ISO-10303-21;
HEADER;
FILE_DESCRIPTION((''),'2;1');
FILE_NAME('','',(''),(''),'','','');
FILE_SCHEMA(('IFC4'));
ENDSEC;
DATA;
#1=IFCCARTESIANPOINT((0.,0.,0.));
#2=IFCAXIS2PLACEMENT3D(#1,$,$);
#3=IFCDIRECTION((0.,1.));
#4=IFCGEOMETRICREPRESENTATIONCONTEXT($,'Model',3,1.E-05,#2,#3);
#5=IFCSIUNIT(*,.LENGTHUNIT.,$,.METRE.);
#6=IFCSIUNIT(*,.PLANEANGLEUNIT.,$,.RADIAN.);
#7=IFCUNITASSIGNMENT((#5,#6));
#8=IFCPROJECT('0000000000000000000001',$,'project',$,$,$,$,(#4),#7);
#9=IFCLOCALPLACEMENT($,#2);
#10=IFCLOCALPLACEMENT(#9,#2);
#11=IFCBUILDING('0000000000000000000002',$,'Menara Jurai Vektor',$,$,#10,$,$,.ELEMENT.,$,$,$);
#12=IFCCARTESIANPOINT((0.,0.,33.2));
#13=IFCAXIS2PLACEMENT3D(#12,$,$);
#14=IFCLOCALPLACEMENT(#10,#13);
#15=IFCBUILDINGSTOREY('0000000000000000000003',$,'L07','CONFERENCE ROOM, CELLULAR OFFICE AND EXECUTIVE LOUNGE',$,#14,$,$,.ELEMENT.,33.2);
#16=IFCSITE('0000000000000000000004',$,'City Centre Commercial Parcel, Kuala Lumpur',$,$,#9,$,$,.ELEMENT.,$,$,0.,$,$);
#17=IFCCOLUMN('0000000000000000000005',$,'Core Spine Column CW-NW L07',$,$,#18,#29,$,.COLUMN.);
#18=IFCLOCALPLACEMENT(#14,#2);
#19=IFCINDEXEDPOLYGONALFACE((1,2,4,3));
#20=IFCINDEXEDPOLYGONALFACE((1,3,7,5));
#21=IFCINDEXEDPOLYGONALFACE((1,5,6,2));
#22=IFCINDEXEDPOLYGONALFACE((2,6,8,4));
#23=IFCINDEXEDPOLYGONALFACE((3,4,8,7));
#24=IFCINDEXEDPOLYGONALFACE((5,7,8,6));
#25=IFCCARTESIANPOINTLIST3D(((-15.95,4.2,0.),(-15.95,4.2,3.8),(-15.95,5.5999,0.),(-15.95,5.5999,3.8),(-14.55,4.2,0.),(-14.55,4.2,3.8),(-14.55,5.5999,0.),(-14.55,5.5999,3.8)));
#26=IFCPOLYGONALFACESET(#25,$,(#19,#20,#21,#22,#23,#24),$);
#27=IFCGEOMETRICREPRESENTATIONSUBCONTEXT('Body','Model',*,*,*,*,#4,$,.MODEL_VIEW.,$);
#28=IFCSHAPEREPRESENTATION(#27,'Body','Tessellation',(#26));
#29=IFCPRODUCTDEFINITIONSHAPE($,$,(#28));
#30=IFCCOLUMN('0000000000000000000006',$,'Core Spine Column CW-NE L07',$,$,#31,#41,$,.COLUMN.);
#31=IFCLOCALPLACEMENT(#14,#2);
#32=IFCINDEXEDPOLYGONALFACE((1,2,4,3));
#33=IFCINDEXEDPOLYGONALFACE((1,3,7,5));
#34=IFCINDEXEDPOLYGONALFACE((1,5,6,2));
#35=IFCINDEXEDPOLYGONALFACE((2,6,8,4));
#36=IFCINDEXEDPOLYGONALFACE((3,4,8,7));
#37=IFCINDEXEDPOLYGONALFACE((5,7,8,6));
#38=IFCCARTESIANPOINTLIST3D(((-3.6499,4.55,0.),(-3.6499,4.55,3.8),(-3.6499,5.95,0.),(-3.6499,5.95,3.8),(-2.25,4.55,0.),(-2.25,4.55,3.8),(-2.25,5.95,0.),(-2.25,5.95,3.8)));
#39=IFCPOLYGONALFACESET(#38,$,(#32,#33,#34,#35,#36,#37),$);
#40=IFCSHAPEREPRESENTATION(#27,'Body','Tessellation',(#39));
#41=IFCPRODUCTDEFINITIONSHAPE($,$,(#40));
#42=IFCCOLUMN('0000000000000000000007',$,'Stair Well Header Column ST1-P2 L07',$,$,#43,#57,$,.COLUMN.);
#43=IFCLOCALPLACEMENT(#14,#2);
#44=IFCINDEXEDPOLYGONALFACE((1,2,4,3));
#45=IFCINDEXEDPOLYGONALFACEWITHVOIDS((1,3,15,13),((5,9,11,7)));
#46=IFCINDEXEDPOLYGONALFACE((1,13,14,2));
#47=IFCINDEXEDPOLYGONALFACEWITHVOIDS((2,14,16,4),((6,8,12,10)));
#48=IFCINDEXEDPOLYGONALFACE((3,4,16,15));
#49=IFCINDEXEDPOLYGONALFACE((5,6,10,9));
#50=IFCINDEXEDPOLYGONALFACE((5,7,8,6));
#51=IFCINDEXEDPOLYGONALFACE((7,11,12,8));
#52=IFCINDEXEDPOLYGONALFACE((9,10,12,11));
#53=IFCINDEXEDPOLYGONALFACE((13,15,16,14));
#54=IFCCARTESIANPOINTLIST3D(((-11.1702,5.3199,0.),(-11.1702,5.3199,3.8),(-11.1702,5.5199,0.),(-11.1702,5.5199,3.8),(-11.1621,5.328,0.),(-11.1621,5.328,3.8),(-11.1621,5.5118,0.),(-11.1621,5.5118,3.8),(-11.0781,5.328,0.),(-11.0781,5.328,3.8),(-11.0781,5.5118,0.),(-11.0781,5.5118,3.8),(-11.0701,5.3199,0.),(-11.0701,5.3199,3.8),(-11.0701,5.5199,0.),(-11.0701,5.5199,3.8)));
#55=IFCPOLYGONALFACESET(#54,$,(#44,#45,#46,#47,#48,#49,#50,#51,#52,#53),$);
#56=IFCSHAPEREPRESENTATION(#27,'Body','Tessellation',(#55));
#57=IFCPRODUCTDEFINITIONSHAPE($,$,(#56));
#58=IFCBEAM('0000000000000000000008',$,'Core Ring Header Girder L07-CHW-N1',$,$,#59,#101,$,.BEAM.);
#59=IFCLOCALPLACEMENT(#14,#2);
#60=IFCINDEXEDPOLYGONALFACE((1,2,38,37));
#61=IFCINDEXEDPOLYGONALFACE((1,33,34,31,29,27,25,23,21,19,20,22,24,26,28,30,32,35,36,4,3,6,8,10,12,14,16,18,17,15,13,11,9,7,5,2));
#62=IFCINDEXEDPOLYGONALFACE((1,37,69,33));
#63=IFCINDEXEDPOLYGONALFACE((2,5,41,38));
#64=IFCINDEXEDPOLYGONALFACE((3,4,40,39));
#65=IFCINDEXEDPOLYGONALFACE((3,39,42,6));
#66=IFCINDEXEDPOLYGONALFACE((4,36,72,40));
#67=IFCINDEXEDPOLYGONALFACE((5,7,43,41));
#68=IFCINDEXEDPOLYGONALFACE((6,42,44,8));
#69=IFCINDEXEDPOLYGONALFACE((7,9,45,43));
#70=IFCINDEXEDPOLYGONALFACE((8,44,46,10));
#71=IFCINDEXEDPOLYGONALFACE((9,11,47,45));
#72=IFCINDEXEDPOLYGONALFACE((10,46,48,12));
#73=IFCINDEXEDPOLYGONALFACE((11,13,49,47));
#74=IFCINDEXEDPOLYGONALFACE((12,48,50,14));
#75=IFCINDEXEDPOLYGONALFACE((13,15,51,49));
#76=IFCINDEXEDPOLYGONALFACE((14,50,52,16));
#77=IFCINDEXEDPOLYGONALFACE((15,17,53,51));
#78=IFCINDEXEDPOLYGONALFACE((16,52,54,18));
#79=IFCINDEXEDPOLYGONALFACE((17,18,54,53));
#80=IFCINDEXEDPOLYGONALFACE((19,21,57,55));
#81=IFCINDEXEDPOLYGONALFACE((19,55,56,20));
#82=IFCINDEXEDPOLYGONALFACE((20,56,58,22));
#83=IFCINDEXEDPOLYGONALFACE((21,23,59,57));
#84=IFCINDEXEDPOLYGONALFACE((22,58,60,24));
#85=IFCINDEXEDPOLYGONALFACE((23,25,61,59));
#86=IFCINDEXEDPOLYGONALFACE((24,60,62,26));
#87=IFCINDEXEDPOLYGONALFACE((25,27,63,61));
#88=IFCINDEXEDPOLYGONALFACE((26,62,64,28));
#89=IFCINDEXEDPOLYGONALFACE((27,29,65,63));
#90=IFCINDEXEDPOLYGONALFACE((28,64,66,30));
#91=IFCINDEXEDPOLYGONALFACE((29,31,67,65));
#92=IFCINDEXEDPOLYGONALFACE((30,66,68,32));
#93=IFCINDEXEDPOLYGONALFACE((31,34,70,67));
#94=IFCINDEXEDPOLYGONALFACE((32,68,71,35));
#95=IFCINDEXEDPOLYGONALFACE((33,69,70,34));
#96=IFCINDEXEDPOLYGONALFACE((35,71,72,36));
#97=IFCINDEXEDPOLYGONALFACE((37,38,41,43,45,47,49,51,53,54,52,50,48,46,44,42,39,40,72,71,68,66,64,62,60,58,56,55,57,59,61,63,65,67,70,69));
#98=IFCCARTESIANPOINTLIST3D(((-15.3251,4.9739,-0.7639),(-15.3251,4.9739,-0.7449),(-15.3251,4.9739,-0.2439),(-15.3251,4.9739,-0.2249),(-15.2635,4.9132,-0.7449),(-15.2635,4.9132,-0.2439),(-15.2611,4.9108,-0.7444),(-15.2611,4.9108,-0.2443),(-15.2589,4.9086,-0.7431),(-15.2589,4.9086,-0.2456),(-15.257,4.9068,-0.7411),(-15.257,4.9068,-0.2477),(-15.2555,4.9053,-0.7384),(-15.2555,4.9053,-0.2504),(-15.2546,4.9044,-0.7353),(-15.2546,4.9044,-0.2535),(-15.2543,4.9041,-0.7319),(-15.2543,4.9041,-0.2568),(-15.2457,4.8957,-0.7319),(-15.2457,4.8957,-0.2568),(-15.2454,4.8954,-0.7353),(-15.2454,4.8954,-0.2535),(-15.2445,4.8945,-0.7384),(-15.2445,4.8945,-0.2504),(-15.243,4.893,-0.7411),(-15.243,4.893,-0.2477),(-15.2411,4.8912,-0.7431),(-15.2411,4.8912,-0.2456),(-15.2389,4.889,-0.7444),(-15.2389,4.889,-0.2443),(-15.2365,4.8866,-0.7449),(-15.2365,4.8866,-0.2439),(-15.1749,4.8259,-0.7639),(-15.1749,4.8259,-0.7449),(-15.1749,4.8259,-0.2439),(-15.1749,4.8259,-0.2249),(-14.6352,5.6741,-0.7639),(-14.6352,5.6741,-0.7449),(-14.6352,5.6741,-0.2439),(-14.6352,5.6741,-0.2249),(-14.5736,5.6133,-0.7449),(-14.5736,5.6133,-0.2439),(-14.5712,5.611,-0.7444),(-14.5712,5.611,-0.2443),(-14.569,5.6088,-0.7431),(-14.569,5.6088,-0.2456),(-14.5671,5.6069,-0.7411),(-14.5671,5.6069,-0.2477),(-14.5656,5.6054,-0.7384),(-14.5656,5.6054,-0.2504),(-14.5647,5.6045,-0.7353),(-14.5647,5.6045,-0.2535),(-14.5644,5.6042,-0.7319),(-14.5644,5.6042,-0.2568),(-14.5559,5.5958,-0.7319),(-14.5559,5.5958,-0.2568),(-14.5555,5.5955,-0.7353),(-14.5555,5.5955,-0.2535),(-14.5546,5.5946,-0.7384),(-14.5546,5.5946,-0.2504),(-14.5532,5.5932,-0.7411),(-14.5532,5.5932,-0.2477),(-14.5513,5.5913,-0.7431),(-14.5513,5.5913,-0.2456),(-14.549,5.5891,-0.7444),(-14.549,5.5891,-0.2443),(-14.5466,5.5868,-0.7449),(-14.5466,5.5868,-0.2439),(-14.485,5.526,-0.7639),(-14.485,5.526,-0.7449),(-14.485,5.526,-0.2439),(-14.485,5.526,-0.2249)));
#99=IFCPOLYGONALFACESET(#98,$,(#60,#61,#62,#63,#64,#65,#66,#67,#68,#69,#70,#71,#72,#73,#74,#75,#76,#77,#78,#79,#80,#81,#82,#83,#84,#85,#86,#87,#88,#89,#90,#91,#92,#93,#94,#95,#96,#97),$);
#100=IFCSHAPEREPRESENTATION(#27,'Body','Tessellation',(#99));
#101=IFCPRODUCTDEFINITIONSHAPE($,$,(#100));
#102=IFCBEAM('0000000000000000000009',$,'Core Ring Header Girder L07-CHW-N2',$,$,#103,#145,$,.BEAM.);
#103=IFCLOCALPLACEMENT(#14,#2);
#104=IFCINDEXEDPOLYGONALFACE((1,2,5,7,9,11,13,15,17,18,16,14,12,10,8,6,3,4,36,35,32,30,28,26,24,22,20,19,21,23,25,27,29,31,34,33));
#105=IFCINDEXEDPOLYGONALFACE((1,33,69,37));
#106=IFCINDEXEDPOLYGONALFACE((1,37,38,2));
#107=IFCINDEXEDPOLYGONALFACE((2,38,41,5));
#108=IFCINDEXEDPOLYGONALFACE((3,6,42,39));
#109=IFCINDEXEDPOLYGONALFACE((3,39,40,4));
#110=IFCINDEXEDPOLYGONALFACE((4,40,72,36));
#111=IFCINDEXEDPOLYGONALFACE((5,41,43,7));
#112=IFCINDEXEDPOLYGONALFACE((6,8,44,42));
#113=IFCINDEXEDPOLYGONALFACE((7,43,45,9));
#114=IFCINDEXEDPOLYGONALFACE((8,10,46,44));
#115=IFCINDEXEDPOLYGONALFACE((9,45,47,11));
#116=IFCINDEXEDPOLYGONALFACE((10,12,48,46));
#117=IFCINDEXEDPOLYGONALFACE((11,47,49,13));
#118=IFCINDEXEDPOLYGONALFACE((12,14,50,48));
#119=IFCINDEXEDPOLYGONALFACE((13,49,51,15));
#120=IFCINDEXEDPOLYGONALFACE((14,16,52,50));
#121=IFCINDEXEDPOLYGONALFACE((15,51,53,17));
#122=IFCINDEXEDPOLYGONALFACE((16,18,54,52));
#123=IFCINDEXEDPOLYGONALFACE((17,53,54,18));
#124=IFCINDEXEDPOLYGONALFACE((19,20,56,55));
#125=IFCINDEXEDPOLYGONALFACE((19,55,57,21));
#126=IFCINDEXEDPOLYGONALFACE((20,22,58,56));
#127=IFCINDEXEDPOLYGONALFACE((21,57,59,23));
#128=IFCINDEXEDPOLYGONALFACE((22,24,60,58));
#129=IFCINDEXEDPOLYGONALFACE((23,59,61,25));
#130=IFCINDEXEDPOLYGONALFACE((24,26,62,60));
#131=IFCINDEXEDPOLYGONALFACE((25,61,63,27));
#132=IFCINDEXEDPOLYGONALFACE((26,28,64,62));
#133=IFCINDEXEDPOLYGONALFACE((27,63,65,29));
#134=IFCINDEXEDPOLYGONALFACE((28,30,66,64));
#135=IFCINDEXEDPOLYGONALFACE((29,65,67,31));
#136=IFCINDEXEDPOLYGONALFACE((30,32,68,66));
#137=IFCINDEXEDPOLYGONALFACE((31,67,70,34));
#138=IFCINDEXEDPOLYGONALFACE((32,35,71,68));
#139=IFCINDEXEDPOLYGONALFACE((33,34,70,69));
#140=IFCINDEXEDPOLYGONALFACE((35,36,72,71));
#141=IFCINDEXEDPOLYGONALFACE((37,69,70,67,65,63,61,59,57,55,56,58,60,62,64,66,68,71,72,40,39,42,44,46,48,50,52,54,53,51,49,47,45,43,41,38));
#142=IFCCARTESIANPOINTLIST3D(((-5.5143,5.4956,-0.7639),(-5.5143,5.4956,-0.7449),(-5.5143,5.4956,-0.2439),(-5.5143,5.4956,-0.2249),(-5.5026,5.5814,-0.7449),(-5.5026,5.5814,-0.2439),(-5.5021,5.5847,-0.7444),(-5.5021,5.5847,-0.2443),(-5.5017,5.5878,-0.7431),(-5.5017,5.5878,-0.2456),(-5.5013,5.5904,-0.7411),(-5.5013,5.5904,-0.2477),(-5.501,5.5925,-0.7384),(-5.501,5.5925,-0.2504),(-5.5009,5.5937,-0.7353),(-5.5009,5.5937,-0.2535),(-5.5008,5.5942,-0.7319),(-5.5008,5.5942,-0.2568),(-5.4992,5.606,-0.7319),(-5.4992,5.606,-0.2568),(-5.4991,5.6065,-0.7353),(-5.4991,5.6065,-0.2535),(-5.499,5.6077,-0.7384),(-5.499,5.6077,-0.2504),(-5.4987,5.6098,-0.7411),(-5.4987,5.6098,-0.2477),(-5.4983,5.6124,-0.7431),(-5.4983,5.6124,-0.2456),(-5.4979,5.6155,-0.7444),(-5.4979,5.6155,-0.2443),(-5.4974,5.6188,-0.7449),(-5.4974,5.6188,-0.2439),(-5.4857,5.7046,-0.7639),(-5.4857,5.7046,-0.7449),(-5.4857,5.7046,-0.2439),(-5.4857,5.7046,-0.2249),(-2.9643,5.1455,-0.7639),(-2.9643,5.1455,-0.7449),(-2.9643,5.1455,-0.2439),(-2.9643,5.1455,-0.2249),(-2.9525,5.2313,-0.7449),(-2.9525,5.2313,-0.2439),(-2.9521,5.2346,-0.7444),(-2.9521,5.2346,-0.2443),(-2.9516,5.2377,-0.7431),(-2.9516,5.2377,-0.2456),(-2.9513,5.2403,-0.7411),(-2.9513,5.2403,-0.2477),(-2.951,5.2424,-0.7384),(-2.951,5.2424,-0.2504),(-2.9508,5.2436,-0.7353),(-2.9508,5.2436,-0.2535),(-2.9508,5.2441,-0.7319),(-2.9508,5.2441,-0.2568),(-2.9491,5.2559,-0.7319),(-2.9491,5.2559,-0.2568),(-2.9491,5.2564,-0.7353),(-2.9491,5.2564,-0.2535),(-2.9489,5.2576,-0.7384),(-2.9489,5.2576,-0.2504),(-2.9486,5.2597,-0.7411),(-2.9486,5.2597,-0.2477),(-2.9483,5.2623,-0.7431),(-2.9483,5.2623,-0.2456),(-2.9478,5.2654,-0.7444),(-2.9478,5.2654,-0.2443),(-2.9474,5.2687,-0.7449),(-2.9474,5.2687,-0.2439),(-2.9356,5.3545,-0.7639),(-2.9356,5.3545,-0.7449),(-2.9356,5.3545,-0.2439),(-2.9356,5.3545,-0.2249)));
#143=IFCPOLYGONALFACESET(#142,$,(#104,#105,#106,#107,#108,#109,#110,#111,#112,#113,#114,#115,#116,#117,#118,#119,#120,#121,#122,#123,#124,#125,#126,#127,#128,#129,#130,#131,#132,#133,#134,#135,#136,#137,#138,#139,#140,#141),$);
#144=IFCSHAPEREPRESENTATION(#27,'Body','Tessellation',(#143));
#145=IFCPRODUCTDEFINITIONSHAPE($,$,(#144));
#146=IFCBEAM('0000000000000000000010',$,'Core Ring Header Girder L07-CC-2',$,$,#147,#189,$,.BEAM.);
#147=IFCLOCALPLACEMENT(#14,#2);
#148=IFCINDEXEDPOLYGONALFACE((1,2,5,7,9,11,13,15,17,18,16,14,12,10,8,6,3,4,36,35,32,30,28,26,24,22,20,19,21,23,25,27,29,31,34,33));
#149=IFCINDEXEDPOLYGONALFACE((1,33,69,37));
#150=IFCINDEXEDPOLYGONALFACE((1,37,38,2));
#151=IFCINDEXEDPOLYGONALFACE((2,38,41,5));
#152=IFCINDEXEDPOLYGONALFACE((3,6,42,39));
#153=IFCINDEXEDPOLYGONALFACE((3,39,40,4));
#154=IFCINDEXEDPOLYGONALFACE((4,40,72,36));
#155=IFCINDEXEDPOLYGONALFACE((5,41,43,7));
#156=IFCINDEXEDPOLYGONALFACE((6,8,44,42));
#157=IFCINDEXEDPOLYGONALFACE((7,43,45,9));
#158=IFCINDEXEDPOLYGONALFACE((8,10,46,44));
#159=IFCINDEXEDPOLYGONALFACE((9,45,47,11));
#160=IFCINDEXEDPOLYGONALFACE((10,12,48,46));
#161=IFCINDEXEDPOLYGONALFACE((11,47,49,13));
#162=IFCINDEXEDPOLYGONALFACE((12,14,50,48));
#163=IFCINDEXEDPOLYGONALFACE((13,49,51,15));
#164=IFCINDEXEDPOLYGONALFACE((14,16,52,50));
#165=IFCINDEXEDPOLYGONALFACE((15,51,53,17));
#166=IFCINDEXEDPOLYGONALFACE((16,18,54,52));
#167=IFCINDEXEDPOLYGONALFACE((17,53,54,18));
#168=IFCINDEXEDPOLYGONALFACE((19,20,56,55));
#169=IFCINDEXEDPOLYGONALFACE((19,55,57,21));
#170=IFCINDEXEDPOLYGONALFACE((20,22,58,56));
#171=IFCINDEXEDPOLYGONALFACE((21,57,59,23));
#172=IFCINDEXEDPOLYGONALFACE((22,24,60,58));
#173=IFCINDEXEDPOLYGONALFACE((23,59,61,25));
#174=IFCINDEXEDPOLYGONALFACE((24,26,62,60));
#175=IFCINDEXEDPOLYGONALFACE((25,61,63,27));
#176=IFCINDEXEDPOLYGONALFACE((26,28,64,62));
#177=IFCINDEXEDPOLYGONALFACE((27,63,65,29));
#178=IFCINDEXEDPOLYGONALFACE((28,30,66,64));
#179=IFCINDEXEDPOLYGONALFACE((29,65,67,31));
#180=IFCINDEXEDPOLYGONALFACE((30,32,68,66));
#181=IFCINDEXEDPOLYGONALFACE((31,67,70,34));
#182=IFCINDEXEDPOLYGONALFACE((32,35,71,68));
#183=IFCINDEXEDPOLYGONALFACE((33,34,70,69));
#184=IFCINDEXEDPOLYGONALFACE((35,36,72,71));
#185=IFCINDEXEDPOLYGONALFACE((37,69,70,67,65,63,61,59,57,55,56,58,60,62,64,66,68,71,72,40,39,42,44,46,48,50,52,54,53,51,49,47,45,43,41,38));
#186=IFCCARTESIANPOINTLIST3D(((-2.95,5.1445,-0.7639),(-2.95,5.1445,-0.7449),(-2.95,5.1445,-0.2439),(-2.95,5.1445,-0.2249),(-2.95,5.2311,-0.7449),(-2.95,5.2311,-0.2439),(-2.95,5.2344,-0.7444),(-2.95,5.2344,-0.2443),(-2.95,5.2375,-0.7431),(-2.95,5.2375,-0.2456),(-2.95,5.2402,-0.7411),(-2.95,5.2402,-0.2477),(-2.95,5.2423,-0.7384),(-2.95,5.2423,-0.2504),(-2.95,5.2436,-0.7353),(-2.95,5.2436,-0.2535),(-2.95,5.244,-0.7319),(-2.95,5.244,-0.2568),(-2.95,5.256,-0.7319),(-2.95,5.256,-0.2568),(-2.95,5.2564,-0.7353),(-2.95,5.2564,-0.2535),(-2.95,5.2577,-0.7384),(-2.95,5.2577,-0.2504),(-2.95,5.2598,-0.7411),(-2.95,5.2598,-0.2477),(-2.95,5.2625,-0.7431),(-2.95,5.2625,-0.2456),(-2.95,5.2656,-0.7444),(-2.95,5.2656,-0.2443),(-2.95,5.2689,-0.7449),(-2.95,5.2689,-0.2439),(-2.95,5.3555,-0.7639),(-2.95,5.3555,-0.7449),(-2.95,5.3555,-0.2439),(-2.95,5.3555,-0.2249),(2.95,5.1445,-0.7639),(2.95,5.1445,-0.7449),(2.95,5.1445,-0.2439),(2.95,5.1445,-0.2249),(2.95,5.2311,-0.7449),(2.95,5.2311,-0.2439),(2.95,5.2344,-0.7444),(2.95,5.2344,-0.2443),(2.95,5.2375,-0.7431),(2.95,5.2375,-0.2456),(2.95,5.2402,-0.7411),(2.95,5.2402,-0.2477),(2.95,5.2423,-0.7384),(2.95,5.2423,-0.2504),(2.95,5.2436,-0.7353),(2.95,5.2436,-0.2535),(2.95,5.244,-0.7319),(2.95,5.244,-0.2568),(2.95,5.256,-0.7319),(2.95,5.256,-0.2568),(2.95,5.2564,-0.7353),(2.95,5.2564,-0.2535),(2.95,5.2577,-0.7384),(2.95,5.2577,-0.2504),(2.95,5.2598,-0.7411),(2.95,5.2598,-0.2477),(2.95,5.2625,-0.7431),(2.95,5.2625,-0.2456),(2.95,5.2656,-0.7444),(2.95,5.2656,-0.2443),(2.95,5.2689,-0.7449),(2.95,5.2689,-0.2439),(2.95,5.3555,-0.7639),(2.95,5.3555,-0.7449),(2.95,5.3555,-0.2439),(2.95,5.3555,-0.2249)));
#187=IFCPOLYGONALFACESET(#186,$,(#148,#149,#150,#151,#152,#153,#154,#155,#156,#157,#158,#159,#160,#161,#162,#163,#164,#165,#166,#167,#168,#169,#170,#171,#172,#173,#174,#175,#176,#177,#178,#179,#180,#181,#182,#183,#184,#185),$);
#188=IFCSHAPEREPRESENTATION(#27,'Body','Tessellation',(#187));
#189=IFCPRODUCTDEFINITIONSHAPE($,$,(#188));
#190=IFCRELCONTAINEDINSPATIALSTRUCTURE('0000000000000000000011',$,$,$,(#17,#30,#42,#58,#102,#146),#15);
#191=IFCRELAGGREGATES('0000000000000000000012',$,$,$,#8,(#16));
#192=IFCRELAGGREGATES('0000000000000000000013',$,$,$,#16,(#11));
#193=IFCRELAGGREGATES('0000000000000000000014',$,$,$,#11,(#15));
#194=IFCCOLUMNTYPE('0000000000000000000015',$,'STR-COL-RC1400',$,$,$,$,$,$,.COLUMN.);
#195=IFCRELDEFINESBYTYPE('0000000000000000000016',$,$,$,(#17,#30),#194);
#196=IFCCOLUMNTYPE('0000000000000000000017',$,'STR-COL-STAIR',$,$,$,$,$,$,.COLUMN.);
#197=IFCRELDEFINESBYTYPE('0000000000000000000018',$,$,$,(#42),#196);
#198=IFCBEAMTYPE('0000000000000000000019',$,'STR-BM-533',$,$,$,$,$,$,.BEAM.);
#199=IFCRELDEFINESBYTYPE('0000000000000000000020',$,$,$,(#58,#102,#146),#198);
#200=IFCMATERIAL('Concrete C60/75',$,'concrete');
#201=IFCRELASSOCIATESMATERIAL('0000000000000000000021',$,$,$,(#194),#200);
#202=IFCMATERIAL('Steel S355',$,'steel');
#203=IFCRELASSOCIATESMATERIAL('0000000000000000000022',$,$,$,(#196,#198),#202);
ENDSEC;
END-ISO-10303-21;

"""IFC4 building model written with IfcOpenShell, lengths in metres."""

from ifc_helpers import new_model, si_unit, direction, frame, origin, origin_2d, place, context, subcontext, project, spatial, rectangle, hollow_rectangle, i_section, extrude, material, material_profile, profile_set, type_object, element, save


model = new_model("IFC4")

# Units and contexts
model_context = context("Model", 3, precision=1e-05, world=origin(), true_north=direction((0.0, 1.0)))
body_context = subcontext(model_context, "Body", "Model", "MODEL_VIEW")
ifc_project = project(units=[si_unit("LENGTHUNIT", "METRE"), si_unit("PLANEANGLEUNIT", "RADIAN")], contexts=[model_context])

# Site, building, storey
site_placement = place(None, origin())
site = spatial("IfcSite", under=ifc_project, at=site_placement, Name="City Centre Commercial Parcel, Kuala Lumpur", CompositionType="ELEMENT", RefElevation=0.0)
building_placement = place(site_placement, origin())
building = spatial("IfcBuilding", under=site, at=building_placement, Name="Menara Jurai Vektor", CompositionType="ELEMENT")
storey_placement = place(building_placement, frame((0.0, 0.0, 33.2)))
storey = spatial("IfcBuildingStorey", under=building, at=storey_placement, Name="L07", Description="CONFERENCE ROOM, CELLULAR OFFICE AND EXECUTIVE LOUNGE", CompositionType="ELEMENT", Elevation=33.2)

# Columns
ifc_material_1 = material(Name="Concrete C60/75", Category="concrete")
ifc_material_profile_1 = material_profile(ifc_material_1, rectangle(XDim=1.3999, YDim=1.3999, at=origin_2d()), Name="RC 1400x1400")
ifc_profile_set_1 = profile_set([ifc_material_profile_1], Name="Concrete C60/75")
column_type_1 = type_object("IfcColumnType", Name="STR-COL-RC1400", PredefinedType="COLUMN", material=ifc_profile_set_1)
for number, where, z_axis, x_axis, name in (
    (1, (-15.25, 4.8999, 0.0), (0.0, 0.0, 1.0), (1.0, 0.0, 0.0), "Core Spine Column CW-NW L07"),
    (2, (-2.95, 5.25, 0.0), (0.0, 0.0, 1.0), (1.0, 0.0, 0.0), "Core Spine Column CW-NE L07"),
):
    element("IfcColumn", number, at=place(storey_placement, frame(where, z_axis=z_axis, x_axis=x_axis)), inside=storey, type_object=column_type_1, Name=name, PredefinedType="COLUMN", context=body_context, shape_type="SweptSolid", body=[
        extrude(rectangle(XDim=1.3999, YDim=1.3999, at=origin_2d()), origin(), (0.0, 0.0, 1.0), 3.8),
    ])
ifc_material_2 = material(Name="Steel S355", Category="steel")
ifc_material_profile_2 = material_profile(ifc_material_2, hollow_rectangle(XDim=0.1001, YDim=0.2, WallThickness=0.0081, at=origin_2d()), Name="RHS 200x100x8")
ifc_profile_set_2 = profile_set([ifc_material_profile_2], Name="Steel S355")
column_type_2 = type_object("IfcColumnType", Name="STR-COL-STAIR", PredefinedType="COLUMN", material=ifc_profile_set_2)
column_placement = place(storey_placement, frame((-11.1201, 5.4199, 0.0), z_axis=(0.0, 0.0, 1.0), x_axis=(1.0, 0.0, 0.0)))
element("IfcColumn", 3, at=column_placement, inside=storey, type_object=column_type_2, Name="Stair Well Header Column ST1-P2 L07", PredefinedType="COLUMN", context=body_context, shape_type="SweptSolid", body=[
    extrude(hollow_rectangle(XDim=0.1001, YDim=0.2, WallThickness=0.0081, at=origin_2d()), origin(), (0.0, 0.0, 1.0), 3.8),
])

# Beams
ifc_material_profile_3 = material_profile(ifc_material_2, i_section(OverallWidth=0.2109, OverallDepth=0.5391, WebThickness=0.012, FlangeThickness=0.019, FilletRadius=0.0129, at=origin_2d()), Name="UKB 533x210x109")
ifc_profile_set_3 = profile_set([ifc_material_profile_3], Name="Steel S355")
beam_type_1 = type_object("IfcBeamType", Name="STR-BM-533", PredefinedType="BEAM", material=ifc_profile_set_3)
beam_1_placement = place(storey_placement, frame((-15.25, 4.8999, -0.4944), z_axis=(0.701872, 0.712303, 0.0), x_axis=(-0.712303, 0.701872, 0.0)))
element("IfcBeam", 4, at=beam_1_placement, inside=storey, type_object=beam_type_1, Name="Core Ring Header Girder L07-CHW-N1", PredefinedType="BEAM", context=body_context, shape_type="SweptSolid", body=[
    extrude(i_section(OverallWidth=0.2109, OverallDepth=0.5391, WebThickness=0.012, FlangeThickness=0.019, FilletRadius=0.0129, at=origin_2d()), origin(), (0.0, 0.0, 1.0), 0.9829),
])
beam_2_placement = place(storey_placement, frame((-5.5, 5.6001, -0.4944), z_axis=(0.990707, -0.136015, 0.0), x_axis=(0.136015, 0.990707, 0.0)))
element("IfcBeam", 5, at=beam_2_placement, inside=storey, type_object=beam_type_1, Name="Core Ring Header Girder L07-CHW-N2", PredefinedType="BEAM", context=body_context, shape_type="SweptSolid", body=[
    extrude(i_section(OverallWidth=0.2109, OverallDepth=0.5391, WebThickness=0.012, FlangeThickness=0.019, FilletRadius=0.0129, at=origin_2d()), origin(), (0.0, 0.0, 1.0), 2.574),
])
beam_3_placement = place(storey_placement, frame((-2.95, 5.25, -0.4944), z_axis=(1.0, 0.0, 0.0), x_axis=(0.0, 1.0, 0.0)))
element("IfcBeam", 6, at=beam_3_placement, inside=storey, type_object=beam_type_1, Name="Core Ring Header Girder L07-CC-2", PredefinedType="BEAM", context=body_context, shape_type="SweptSolid", body=[
    extrude(i_section(OverallWidth=0.2109, OverallDepth=0.5391, WebThickness=0.012, FlangeThickness=0.019, FilletRadius=0.0129, at=origin_2d()), origin(), (0.0, 0.0, 1.0), 5.8999),
])

save(model, "model.ifc")
